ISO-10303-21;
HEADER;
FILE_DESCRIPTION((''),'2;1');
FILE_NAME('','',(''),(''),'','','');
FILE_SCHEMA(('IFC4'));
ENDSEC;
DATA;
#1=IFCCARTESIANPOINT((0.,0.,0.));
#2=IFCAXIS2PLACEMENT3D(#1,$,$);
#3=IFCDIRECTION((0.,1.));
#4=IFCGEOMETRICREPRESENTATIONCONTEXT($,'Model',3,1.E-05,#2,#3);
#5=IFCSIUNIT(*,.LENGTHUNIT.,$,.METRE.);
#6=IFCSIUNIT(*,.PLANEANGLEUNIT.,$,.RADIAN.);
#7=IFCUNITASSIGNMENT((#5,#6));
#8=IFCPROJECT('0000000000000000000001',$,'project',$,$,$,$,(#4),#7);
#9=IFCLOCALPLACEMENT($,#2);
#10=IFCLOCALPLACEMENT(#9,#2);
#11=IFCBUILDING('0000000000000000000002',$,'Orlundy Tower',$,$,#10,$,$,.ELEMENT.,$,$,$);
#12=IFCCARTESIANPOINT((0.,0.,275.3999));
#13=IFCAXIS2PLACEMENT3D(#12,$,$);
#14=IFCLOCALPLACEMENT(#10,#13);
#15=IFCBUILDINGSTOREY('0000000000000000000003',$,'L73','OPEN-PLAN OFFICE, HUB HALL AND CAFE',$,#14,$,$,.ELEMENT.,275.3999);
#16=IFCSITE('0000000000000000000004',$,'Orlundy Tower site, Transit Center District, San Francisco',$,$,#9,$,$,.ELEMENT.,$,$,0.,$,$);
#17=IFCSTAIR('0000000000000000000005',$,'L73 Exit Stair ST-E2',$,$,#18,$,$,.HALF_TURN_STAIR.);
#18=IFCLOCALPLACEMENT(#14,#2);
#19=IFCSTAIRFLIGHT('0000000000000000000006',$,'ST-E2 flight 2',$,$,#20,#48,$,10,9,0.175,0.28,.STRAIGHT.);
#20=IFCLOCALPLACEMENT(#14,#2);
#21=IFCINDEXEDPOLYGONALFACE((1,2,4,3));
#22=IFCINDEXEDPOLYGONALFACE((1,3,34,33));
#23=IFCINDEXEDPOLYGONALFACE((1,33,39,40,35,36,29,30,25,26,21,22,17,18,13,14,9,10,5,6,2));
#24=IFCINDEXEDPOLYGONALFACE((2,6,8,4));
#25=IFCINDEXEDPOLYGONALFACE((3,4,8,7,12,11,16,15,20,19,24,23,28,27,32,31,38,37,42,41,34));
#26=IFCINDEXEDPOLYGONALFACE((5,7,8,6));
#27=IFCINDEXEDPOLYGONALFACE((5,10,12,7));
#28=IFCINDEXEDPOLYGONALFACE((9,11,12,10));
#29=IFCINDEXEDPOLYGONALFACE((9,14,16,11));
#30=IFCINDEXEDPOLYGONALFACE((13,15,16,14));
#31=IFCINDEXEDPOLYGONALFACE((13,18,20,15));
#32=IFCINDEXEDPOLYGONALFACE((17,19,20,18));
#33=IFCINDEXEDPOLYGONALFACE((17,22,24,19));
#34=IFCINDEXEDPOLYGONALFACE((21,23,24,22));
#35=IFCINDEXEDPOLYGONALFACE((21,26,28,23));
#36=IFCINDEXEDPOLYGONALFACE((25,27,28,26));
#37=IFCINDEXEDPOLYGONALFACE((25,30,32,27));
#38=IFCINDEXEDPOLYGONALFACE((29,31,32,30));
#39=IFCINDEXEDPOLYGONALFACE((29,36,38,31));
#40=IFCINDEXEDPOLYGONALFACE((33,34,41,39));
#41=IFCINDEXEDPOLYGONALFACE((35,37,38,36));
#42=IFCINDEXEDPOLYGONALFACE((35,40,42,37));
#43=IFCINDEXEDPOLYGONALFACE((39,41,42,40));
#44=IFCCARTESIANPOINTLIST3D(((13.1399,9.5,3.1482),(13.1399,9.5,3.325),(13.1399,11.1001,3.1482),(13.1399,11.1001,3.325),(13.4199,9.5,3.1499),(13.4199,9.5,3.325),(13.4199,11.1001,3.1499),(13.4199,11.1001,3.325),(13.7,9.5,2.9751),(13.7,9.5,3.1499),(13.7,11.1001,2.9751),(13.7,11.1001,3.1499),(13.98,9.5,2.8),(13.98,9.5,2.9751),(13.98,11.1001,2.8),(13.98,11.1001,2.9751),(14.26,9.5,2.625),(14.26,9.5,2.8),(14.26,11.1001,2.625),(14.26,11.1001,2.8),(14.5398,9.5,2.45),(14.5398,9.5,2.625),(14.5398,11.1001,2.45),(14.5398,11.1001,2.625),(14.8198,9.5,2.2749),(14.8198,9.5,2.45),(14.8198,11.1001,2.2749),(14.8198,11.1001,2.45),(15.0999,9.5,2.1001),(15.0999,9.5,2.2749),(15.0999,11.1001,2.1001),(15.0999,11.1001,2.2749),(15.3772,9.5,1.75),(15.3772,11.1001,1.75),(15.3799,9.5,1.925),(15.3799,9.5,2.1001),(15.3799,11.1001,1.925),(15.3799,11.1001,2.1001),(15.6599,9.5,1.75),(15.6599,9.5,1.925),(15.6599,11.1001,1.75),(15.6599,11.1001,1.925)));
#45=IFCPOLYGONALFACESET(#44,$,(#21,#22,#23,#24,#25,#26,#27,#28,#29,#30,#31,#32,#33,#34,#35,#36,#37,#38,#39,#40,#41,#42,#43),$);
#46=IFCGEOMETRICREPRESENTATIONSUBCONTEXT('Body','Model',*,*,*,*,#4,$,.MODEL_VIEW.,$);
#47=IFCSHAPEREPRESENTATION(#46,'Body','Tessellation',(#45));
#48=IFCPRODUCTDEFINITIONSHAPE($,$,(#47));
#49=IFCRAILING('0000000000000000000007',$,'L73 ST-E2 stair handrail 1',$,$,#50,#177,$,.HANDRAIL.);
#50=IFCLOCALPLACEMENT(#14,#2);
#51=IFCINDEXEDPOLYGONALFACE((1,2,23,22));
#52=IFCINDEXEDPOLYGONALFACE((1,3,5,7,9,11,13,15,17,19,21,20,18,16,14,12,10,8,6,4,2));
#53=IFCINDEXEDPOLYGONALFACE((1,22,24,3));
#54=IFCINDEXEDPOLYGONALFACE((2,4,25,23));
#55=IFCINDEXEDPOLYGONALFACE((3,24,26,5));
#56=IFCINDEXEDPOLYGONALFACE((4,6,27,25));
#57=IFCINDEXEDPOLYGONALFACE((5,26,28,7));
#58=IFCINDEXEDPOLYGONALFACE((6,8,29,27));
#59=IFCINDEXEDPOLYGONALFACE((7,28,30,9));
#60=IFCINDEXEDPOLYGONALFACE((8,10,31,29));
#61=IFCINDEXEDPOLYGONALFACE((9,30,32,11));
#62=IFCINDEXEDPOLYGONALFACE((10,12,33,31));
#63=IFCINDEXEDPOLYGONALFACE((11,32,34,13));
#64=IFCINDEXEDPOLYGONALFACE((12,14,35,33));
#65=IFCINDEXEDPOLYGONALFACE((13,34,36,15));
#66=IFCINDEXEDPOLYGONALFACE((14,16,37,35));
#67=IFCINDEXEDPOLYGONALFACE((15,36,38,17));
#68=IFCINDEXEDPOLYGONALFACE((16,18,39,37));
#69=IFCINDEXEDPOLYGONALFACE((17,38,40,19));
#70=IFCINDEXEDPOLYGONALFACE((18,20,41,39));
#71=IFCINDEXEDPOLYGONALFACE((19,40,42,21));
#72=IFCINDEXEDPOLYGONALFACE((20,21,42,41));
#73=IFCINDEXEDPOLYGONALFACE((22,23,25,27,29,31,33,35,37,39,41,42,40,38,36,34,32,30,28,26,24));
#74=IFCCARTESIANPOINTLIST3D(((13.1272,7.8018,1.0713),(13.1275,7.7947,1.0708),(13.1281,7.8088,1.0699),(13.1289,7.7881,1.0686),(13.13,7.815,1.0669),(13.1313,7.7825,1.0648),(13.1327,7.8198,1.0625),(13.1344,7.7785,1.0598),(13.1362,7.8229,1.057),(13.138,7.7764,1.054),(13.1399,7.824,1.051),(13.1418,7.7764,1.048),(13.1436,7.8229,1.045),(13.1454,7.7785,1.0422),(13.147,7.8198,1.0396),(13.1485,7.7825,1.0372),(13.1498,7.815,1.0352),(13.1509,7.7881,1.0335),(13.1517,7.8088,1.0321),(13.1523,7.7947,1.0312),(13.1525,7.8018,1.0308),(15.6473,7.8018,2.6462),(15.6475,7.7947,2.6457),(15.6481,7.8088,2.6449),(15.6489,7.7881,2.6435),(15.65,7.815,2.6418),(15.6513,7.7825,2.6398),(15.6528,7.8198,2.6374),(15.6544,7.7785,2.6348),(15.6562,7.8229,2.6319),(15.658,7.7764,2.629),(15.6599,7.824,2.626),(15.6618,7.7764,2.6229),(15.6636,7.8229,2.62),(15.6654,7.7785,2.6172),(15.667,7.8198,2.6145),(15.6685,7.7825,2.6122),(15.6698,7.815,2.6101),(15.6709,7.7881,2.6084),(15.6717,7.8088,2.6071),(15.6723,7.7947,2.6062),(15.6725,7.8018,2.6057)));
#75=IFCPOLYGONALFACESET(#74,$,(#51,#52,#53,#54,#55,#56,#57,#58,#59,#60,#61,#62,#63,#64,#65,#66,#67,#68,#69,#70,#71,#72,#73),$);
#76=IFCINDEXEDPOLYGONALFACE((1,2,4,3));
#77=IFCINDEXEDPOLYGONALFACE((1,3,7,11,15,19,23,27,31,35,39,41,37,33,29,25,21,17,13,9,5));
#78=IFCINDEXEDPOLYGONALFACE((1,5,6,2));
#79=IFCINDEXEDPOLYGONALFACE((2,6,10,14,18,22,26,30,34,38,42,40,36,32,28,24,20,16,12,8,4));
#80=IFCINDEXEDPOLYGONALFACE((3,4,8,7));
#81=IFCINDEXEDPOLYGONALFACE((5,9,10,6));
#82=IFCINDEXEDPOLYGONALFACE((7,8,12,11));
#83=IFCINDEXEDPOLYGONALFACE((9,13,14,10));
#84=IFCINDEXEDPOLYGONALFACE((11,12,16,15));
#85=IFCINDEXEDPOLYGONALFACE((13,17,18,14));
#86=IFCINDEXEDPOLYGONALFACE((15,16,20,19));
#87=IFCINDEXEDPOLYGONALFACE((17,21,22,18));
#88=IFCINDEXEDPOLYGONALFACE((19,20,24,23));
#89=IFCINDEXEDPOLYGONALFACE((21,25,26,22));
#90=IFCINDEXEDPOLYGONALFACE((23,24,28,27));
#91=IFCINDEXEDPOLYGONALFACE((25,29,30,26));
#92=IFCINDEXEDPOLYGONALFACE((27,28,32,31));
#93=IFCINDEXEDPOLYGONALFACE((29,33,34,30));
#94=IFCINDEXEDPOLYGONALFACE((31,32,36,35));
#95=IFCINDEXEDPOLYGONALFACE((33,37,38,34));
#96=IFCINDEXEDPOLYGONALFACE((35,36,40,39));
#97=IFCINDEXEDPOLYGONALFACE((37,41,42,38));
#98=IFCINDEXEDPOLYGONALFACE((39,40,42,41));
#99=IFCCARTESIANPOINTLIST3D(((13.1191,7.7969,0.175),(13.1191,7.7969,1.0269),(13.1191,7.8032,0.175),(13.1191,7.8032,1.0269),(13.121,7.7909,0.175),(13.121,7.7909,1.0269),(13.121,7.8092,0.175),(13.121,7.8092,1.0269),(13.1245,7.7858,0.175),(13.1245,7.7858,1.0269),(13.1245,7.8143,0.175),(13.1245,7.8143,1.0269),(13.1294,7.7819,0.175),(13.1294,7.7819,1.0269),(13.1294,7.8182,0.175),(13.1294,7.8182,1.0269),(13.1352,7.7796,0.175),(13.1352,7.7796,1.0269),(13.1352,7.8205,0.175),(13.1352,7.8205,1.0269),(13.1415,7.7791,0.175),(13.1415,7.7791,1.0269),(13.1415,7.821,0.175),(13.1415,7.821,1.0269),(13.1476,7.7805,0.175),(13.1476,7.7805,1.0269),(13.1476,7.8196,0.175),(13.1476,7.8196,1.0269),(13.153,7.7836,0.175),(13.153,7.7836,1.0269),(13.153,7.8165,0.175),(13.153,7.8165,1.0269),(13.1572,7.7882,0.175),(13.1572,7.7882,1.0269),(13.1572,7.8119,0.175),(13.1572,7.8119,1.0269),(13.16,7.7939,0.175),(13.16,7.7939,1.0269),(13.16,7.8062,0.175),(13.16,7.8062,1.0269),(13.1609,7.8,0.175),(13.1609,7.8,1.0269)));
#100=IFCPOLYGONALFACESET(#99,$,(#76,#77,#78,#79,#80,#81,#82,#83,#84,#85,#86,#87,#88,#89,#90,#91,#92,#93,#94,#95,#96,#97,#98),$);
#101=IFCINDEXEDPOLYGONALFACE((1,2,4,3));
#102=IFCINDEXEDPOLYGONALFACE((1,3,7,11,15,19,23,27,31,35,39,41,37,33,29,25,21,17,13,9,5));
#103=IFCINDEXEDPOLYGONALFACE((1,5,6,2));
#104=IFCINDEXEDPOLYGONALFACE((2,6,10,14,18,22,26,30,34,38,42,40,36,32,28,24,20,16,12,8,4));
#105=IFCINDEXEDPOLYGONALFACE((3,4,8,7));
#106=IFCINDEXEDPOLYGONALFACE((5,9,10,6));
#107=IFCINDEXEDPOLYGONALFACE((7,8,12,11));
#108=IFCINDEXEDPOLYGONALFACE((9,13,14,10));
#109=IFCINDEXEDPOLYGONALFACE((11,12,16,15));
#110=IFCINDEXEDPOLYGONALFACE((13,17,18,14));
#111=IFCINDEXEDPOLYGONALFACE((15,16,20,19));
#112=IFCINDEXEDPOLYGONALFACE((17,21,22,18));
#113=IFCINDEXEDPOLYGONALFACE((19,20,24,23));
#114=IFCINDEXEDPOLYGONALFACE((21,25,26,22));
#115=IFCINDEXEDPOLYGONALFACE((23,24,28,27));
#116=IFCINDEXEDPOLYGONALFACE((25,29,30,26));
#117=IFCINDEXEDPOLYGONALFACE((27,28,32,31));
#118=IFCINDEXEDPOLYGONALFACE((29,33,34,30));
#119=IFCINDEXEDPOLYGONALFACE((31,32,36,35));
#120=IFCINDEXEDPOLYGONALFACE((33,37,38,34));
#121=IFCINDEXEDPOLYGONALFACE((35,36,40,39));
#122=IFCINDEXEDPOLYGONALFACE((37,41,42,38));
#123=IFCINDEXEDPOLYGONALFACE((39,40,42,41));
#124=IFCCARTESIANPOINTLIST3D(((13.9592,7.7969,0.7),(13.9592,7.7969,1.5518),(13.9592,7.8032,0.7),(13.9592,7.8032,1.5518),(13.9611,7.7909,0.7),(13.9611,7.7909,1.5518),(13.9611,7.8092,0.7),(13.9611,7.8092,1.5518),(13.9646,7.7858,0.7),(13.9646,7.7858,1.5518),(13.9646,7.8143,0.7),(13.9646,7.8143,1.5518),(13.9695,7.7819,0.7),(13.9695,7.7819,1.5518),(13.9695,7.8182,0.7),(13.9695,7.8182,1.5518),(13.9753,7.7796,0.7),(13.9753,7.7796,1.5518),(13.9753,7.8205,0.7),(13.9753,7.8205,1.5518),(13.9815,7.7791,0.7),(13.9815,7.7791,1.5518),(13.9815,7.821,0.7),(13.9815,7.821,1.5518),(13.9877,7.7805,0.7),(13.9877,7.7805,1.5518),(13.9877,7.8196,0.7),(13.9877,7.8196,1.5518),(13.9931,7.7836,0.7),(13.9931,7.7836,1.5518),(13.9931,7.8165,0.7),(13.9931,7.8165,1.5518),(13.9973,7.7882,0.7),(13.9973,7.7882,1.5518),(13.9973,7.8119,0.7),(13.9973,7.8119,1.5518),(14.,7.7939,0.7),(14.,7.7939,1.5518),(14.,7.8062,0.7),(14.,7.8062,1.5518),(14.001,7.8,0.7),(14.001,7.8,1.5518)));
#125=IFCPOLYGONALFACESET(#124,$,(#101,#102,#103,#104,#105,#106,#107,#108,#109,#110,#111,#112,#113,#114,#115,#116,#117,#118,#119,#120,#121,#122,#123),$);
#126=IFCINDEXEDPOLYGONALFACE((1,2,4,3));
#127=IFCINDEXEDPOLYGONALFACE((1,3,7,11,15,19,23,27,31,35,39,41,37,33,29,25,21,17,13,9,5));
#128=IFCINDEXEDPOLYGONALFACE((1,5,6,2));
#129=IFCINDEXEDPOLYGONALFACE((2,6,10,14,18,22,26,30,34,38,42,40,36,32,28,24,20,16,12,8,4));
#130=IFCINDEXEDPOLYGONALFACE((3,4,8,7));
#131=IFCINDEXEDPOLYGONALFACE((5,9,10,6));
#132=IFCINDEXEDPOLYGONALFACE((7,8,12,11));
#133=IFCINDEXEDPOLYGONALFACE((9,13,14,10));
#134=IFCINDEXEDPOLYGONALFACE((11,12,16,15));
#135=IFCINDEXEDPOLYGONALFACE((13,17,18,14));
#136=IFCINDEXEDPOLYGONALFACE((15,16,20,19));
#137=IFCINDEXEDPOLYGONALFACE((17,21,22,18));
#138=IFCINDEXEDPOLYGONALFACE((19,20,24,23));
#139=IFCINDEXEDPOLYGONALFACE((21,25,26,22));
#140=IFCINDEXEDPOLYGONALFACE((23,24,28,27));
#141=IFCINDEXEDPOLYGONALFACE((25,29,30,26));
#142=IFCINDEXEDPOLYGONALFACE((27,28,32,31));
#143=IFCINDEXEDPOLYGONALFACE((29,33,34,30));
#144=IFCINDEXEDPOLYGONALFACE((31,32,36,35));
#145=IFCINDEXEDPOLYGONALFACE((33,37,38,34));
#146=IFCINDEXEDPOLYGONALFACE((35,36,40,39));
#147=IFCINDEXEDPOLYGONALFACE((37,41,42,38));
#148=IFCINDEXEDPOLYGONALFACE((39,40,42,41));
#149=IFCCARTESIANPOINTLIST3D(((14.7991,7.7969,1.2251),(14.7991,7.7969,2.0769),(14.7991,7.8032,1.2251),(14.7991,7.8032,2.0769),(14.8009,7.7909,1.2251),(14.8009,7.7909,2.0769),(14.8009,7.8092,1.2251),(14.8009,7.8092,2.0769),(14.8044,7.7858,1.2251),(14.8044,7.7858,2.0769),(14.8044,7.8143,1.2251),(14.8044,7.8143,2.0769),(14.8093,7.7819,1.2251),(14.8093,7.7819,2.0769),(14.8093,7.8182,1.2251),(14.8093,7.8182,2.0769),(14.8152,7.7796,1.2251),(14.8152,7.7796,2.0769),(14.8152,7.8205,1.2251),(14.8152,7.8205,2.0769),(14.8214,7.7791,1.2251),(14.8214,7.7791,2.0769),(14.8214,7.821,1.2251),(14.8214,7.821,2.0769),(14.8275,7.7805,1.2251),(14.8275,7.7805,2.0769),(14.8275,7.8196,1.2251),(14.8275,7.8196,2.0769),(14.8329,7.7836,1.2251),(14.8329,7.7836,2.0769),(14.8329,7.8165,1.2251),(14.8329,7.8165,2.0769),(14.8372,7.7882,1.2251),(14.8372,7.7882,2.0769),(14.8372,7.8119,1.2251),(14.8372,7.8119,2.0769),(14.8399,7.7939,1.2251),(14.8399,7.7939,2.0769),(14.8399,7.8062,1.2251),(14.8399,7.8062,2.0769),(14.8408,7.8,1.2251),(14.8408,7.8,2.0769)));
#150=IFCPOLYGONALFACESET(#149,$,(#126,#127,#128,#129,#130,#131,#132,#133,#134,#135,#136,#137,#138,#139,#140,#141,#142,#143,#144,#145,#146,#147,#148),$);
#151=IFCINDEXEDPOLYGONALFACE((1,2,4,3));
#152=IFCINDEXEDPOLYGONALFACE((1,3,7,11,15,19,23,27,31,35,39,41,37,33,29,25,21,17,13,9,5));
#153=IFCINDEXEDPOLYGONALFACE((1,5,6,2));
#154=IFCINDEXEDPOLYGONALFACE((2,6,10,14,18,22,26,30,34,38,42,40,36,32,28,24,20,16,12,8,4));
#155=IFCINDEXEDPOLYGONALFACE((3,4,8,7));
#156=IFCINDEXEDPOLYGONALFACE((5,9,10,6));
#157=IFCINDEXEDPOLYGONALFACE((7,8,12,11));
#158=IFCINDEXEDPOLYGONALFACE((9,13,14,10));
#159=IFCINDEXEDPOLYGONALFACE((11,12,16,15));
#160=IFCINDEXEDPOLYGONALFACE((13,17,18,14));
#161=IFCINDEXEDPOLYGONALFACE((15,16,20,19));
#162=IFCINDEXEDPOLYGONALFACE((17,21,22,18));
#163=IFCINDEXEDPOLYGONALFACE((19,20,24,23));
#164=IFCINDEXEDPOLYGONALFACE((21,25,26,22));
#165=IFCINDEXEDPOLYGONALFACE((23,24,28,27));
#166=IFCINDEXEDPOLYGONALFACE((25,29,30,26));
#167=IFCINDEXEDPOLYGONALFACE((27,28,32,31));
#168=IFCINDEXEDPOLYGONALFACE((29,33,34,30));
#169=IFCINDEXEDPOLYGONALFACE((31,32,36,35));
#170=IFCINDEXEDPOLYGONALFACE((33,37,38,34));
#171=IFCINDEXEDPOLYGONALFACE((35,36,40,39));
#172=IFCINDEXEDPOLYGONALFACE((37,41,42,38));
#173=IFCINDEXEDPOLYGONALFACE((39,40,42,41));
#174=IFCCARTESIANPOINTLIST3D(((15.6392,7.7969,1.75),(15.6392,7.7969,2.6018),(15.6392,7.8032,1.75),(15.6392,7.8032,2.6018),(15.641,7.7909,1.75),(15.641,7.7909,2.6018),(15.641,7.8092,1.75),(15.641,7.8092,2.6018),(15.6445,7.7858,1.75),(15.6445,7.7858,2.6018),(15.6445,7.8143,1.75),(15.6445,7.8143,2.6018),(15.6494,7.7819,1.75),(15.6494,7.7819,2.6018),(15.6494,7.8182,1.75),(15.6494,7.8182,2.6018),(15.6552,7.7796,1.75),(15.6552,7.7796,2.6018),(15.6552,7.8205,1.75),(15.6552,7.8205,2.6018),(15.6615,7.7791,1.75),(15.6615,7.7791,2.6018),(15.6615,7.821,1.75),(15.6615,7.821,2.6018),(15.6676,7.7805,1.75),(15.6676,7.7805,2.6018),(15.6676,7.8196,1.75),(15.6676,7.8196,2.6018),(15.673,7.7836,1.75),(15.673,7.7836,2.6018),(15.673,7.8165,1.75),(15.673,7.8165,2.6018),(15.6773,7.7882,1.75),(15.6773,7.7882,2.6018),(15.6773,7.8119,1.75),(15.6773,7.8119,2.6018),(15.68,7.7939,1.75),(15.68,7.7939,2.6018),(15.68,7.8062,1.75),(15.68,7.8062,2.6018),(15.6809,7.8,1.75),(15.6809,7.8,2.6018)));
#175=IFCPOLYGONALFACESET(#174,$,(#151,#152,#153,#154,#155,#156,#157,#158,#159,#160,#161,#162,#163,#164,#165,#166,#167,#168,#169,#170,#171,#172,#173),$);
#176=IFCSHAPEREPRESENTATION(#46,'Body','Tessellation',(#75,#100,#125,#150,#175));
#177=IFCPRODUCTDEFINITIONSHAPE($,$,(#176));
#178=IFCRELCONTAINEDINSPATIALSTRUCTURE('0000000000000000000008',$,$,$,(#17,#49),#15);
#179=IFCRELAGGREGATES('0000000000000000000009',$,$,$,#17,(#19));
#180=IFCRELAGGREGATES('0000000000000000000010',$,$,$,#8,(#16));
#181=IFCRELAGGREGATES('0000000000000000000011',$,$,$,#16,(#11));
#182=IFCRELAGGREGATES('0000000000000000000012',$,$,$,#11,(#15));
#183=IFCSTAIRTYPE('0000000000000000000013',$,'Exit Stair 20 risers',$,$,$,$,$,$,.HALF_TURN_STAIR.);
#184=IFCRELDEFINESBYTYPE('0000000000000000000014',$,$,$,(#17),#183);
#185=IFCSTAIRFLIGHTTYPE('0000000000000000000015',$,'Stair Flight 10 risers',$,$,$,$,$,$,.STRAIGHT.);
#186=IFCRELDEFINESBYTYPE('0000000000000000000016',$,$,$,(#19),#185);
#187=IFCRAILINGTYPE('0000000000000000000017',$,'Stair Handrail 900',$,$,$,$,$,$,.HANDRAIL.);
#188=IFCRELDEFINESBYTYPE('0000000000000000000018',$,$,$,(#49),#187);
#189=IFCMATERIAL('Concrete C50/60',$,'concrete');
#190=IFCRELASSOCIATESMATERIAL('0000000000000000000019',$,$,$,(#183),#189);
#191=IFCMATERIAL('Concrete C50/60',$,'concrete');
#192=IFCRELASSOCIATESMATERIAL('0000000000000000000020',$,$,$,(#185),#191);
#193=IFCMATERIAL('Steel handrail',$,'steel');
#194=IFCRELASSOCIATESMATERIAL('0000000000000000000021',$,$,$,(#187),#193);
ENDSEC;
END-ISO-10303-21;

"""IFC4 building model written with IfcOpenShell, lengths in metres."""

from ifc_helpers import new_model, si_unit, direction, frame, origin, origin_2d, place, context, subcontext, project, spatial, polyline, circle, outline, extrude, material, type_object, element, aggregate, save


model = new_model("IFC4")

# Units and contexts
model_context = context("Model", 3, precision=1e-05, world=origin(), true_north=direction((0.0, 1.0)))
body_context = subcontext(model_context, "Body", "Model", "MODEL_VIEW")
ifc_project = project(units=[si_unit("LENGTHUNIT", "METRE"), si_unit("PLANEANGLEUNIT", "RADIAN")], contexts=[model_context])

# Site, building, storey
site_placement = place(None, origin())
site = spatial("IfcSite", under=ifc_project, at=site_placement, Name="Orlundy Tower site, Transit Center District, San Francisco", CompositionType="ELEMENT", RefElevation=0.0)
building_placement = place(site_placement, origin())
building = spatial("IfcBuilding", under=site, at=building_placement, Name="Orlundy Tower", CompositionType="ELEMENT")
storey_placement = place(building_placement, frame((0.0, 0.0, 275.3999)))
storey = spatial("IfcBuildingStorey", under=building, at=storey_placement, Name="L73", Description="OPEN-PLAN OFFICE, HUB HALL AND CAFE", CompositionType="ELEMENT", Elevation=275.3999)

# Stair, stair flight
ifc_material_1 = material(Name="Concrete C50/60", Category="concrete")
stair_type = type_object("IfcStairType", Name="Exit Stair 20 risers", PredefinedType="HALF_TURN_STAIR", material=ifc_material_1)
stair_placement = place(storey_placement, origin())
stair = element("IfcStair", 1, at=stair_placement, inside=storey, type_object=stair_type, Name="L73 Exit Stair ST-E2", PredefinedType="HALF_TURN_STAIR")
ifc_material_2 = material(Name="Concrete C50/60", Category="concrete")
stair_flight_type = type_object("IfcStairFlightType", Name="Stair Flight 10 risers", PredefinedType="STRAIGHT", material=ifc_material_2)
stair_flight_1_placement = place(storey_placement, frame((15.6599, 10.3, 1.75), z_axis=(0.0, 0.0, 1.0), x_axis=(-1.0, 0.0, 0.0)))
stair_flight_1 = element("IfcStairFlight", 2, at=stair_flight_1_placement, type_object=stair_flight_type, Name="ST-E2 flight 2", NumberOfRisers=10, NumberOfTreads=9, PredefinedType="STRAIGHT", RiserHeight=0.175, TreadLength=0.28, context=body_context, shape_type="SweptSolid", body=[
    extrude(outline(polyline([(0.0, 0.0), (0.0, 0.175), (0.28, 0.175), (0.28, 0.3501), (0.5601, 0.3501), (0.5601, 0.5249), (0.8401, 0.5249), (0.8401, 0.7), (1.1201, 0.7), (1.1201, 0.875), (1.3999, 0.875), (1.3999, 1.05), (1.6799, 1.05), (1.6799, 1.2251), (1.96, 1.2251), (1.96, 1.3999), (2.24, 1.3999), (2.24, 1.575), (2.52, 1.575), (2.52, 1.75), (2.52, 1.3982), (0.2827, 0.0), (0.0, 0.0)])), frame((0.0, 0.8, 0.0), z_axis=(0.0, -1.0, 0.0), x_axis=(1.0, 0.0, 0.0)), (0.0, 0.0, 1.0), 1.6001),
])
aggregate(stair, [stair_flight_1])

# Railing
ifc_material_3 = material(Name="Steel handrail", Category="steel")
railing_type_1 = type_object("IfcRailingType", Name="Stair Handrail 900", PredefinedType="HANDRAIL", material=ifc_material_3)
railing_1_placement = place(storey_placement, frame((13.1399, 7.8, 0.175)))
element("IfcRailing", 3, at=railing_1_placement, inside=storey, type_object=railing_type_1, Name="L73 ST-E2 stair handrail 1", PredefinedType="HANDRAIL", context=body_context, shape_type="SweptSolid", body=[
    extrude(circle(Radius=0.0239, at=origin_2d()), frame((0.0, 0.0, 0.876), z_axis=(0.848008, 0.0, 0.529984), x_axis=(0.0, 1.0, 0.0)), (0.0, 0.0, 1.0), 2.9717),
    extrude(circle(Radius=0.021, at=origin_2d()), origin(), (0.0, 0.0, 1.0), 0.8518),
    extrude(circle(Radius=0.021, at=origin_2d()), frame((0.8401, 0.0, 0.5249)), (0.0, 0.0, 1.0), 0.8518),
    extrude(circle(Radius=0.021, at=origin_2d()), frame((1.6799, 0.0, 1.05)), (0.0, 0.0, 1.0), 0.8518),
    extrude(circle(Radius=0.021, at=origin_2d()), frame((2.52, 0.0, 1.575)), (0.0, 0.0, 1.0), 0.8518),
])

save(model, "model.ifc")
